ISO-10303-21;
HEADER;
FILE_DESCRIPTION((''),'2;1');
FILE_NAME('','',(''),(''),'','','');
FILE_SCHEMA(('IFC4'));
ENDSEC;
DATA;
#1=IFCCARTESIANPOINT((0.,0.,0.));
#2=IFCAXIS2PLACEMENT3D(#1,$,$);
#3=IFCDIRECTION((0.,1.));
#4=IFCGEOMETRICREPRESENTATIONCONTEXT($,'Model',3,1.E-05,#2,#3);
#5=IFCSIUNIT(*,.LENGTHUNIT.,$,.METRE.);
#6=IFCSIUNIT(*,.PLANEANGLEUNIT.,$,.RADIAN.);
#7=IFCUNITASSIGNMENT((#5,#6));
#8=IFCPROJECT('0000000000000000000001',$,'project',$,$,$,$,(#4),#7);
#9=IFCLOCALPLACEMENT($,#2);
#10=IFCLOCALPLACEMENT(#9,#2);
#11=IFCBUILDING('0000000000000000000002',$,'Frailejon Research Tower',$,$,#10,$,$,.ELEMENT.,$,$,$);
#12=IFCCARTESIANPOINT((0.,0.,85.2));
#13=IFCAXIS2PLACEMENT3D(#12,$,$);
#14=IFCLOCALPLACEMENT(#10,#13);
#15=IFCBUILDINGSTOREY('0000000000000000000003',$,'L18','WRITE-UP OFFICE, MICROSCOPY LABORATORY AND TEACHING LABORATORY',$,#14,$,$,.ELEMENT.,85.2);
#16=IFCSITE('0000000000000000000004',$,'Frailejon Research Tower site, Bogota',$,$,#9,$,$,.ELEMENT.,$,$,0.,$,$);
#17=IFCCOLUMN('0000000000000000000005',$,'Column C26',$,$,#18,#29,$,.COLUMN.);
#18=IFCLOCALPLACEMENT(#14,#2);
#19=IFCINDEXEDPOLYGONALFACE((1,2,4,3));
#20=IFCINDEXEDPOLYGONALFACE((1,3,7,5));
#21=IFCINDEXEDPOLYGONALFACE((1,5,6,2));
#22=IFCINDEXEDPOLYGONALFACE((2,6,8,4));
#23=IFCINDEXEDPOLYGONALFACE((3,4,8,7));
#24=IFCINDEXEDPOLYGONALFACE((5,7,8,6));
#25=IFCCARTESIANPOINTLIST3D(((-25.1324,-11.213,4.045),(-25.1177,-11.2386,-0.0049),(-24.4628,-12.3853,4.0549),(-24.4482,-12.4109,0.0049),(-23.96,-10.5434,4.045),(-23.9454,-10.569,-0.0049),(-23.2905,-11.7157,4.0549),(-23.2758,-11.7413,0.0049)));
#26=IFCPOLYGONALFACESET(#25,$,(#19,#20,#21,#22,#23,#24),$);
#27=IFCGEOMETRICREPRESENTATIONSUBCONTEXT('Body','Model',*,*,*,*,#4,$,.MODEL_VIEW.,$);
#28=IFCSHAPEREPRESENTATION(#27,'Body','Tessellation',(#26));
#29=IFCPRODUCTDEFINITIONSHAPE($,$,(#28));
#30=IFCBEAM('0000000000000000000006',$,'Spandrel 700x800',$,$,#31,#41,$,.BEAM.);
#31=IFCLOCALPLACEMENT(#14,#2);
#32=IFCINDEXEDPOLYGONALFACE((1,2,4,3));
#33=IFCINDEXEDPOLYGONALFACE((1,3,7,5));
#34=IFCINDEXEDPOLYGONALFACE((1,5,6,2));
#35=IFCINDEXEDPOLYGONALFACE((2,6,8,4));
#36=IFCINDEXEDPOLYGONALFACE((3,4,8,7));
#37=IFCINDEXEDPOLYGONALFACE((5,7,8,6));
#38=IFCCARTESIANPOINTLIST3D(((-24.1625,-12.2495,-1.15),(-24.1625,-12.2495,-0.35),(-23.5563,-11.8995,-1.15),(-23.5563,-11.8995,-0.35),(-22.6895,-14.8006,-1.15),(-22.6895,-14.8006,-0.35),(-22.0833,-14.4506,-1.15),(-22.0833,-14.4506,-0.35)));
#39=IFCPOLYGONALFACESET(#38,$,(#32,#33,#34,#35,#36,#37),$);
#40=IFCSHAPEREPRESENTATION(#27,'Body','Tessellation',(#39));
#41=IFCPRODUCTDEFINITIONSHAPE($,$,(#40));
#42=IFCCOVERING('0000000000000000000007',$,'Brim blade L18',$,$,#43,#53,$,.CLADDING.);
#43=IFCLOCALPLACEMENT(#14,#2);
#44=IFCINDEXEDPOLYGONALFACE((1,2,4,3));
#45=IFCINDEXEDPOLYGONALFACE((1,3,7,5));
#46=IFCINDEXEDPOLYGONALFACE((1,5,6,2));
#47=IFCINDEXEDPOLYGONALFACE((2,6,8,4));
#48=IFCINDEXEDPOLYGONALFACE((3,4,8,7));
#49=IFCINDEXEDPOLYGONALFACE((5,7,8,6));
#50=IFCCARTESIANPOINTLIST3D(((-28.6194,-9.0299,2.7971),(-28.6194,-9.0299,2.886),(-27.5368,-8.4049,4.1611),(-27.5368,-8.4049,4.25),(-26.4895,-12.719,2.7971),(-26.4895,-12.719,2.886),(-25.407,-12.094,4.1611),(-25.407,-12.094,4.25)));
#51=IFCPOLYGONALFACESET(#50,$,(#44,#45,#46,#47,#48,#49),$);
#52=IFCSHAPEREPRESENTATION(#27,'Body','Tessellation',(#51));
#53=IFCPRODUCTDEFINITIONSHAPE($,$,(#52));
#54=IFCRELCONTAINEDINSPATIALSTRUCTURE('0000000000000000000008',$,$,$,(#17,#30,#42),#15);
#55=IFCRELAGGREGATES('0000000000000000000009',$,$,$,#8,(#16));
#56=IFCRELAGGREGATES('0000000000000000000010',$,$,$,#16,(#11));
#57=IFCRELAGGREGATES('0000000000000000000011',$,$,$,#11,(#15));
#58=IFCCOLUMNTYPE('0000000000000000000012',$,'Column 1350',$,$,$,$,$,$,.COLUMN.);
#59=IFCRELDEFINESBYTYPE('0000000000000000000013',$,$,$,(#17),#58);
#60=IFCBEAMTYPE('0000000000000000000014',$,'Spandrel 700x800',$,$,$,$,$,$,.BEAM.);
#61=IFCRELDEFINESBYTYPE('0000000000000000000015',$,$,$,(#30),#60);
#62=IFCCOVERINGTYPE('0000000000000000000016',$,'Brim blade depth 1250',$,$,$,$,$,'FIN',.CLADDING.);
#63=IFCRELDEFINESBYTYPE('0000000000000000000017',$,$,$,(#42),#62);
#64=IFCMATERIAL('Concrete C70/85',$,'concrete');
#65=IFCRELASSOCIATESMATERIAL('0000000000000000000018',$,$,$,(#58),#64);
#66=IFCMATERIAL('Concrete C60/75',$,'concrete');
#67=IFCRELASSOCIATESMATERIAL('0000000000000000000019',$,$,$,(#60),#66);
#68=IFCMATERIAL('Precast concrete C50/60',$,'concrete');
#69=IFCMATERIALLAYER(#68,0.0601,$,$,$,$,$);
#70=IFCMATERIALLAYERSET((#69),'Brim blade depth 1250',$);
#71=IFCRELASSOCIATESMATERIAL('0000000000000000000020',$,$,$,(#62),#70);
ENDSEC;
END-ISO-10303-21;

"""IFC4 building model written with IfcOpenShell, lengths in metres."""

from ifc_helpers import new_model, si_unit, direction, frame, origin, origin_2d, place, context, subcontext, project, spatial, polyline, rectangle, outline, extrude, material, layer, layer_set, material_profile, profile_set, type_object, element, save


model = new_model("IFC4")

# Units and contexts
model_context = context("Model", 3, precision=1e-05, world=origin(), true_north=direction((0.0, 1.0)))
body_context = subcontext(model_context, "Body", "Model", "MODEL_VIEW")
ifc_project = project(units=[si_unit("LENGTHUNIT", "METRE"), si_unit("PLANEANGLEUNIT", "RADIAN")], contexts=[model_context])

# Site, building, storey
site_placement = place(None, origin())
site = spatial("IfcSite", under=ifc_project, at=site_placement, Name="Frailejon Research Tower site, Bogota", CompositionType="ELEMENT", RefElevation=0.0)
building_placement = place(site_placement, origin())
building = spatial("IfcBuilding", under=site, at=building_placement, Name="Frailejon Research Tower", CompositionType="ELEMENT")
storey_placement = place(building_placement, frame((0.0, 0.0, 85.2)))
storey = spatial("IfcBuildingStorey", under=building, at=storey_placement, Name="L18", Description="WRITE-UP OFFICE, MICROSCOPY LABORATORY AND TEACHING LABORATORY", CompositionType="ELEMENT", Elevation=85.2)

# Column
ifc_material_1 = material(Name="Concrete C70/85", Category="concrete")
ifc_material_profile_1 = material_profile(ifc_material_1, rectangle(XDim=1.3501, YDim=1.3501, at=origin_2d()), Name="Column 1350")
ifc_profile_set_1 = profile_set([ifc_material_profile_1], Name="Concrete C70/85")
column_type = type_object("IfcColumnType", Name="Column 1350", PredefinedType="COLUMN", material=ifc_profile_set_1)
column_placement = place(storey_placement, frame((-24.1968, -11.49, 0.0), z_axis=(-0.003617, 0.006329, 0.999973), x_axis=(0.495951, -0.86832, 0.00729)))
element("IfcColumn", 1, at=column_placement, inside=storey, type_object=column_type, Name="Column C26", PredefinedType="COLUMN", context=body_context, shape_type="SweptSolid", body=[
    extrude(rectangle(XDim=1.3501, YDim=1.3501, at=origin_2d()), origin(), (0.0, 0.0, 1.0), 4.05),
])

# Beam
ifc_material_2 = material(Name="Concrete C60/75", Category="concrete")
ifc_material_profile_2 = material_profile(ifc_material_2, rectangle(XDim=0.7, YDim=0.8, at=origin_2d()), Name="Spandrel 700x800")
ifc_profile_set_2 = profile_set([ifc_material_profile_2], Name="Concrete C60/75")
beam_type = type_object("IfcBeamType", Name="Spandrel 700x800", PredefinedType="BEAM", material=ifc_profile_set_2)
beam_placement = place(storey_placement, frame((-23.8594, -12.0745, -0.75), z_axis=(0.500017, -0.866016, 0.0), x_axis=(0.866016, 0.500017, 0.0)))
element("IfcBeam", 2, at=beam_placement, inside=storey, type_object=beam_type, Name="Spandrel 700x800", PredefinedType="BEAM", context=body_context, shape_type="SweptSolid", body=[
    extrude(rectangle(XDim=0.7, YDim=0.8, at=origin_2d()), origin(), (0.0, 0.0, 1.0), 2.9458),
])

# Covering
ifc_material_3 = material(Name="Precast concrete C50/60", Category="concrete")
ifc_layer_1 = layer(ifc_material_3, 0.0601)
ifc_layer_set_1 = layer_set([ifc_layer_1], Name="Brim blade depth 1250")
covering_type = type_object("IfcCoveringType", Name="Brim blade depth 1250", ElementType="FIN", PredefinedType="CLADDING", material=ifc_layer_set_1)
covering_placement = place(storey_placement, frame((-25.407, -12.094, 4.25), z_axis=(-0.499992, 0.86603, 0.0), x_axis=(-0.86603, -0.499992, 0.0)))
element("IfcCovering", 3, at=covering_placement, inside=storey, type_object=covering_type, Name="Brim blade L18", PredefinedType="CLADDING", context=body_context, shape_type="SweptSolid", body=[
    extrude(outline(polyline([(0.0, -0.0889), (1.25, -1.4529), (1.25, -1.364), (0.0, 0.0), (0.0, -0.0889)])), origin(), (0.0, 0.0, 1.0), 4.2598),
])

save(model, "model.ifc")
